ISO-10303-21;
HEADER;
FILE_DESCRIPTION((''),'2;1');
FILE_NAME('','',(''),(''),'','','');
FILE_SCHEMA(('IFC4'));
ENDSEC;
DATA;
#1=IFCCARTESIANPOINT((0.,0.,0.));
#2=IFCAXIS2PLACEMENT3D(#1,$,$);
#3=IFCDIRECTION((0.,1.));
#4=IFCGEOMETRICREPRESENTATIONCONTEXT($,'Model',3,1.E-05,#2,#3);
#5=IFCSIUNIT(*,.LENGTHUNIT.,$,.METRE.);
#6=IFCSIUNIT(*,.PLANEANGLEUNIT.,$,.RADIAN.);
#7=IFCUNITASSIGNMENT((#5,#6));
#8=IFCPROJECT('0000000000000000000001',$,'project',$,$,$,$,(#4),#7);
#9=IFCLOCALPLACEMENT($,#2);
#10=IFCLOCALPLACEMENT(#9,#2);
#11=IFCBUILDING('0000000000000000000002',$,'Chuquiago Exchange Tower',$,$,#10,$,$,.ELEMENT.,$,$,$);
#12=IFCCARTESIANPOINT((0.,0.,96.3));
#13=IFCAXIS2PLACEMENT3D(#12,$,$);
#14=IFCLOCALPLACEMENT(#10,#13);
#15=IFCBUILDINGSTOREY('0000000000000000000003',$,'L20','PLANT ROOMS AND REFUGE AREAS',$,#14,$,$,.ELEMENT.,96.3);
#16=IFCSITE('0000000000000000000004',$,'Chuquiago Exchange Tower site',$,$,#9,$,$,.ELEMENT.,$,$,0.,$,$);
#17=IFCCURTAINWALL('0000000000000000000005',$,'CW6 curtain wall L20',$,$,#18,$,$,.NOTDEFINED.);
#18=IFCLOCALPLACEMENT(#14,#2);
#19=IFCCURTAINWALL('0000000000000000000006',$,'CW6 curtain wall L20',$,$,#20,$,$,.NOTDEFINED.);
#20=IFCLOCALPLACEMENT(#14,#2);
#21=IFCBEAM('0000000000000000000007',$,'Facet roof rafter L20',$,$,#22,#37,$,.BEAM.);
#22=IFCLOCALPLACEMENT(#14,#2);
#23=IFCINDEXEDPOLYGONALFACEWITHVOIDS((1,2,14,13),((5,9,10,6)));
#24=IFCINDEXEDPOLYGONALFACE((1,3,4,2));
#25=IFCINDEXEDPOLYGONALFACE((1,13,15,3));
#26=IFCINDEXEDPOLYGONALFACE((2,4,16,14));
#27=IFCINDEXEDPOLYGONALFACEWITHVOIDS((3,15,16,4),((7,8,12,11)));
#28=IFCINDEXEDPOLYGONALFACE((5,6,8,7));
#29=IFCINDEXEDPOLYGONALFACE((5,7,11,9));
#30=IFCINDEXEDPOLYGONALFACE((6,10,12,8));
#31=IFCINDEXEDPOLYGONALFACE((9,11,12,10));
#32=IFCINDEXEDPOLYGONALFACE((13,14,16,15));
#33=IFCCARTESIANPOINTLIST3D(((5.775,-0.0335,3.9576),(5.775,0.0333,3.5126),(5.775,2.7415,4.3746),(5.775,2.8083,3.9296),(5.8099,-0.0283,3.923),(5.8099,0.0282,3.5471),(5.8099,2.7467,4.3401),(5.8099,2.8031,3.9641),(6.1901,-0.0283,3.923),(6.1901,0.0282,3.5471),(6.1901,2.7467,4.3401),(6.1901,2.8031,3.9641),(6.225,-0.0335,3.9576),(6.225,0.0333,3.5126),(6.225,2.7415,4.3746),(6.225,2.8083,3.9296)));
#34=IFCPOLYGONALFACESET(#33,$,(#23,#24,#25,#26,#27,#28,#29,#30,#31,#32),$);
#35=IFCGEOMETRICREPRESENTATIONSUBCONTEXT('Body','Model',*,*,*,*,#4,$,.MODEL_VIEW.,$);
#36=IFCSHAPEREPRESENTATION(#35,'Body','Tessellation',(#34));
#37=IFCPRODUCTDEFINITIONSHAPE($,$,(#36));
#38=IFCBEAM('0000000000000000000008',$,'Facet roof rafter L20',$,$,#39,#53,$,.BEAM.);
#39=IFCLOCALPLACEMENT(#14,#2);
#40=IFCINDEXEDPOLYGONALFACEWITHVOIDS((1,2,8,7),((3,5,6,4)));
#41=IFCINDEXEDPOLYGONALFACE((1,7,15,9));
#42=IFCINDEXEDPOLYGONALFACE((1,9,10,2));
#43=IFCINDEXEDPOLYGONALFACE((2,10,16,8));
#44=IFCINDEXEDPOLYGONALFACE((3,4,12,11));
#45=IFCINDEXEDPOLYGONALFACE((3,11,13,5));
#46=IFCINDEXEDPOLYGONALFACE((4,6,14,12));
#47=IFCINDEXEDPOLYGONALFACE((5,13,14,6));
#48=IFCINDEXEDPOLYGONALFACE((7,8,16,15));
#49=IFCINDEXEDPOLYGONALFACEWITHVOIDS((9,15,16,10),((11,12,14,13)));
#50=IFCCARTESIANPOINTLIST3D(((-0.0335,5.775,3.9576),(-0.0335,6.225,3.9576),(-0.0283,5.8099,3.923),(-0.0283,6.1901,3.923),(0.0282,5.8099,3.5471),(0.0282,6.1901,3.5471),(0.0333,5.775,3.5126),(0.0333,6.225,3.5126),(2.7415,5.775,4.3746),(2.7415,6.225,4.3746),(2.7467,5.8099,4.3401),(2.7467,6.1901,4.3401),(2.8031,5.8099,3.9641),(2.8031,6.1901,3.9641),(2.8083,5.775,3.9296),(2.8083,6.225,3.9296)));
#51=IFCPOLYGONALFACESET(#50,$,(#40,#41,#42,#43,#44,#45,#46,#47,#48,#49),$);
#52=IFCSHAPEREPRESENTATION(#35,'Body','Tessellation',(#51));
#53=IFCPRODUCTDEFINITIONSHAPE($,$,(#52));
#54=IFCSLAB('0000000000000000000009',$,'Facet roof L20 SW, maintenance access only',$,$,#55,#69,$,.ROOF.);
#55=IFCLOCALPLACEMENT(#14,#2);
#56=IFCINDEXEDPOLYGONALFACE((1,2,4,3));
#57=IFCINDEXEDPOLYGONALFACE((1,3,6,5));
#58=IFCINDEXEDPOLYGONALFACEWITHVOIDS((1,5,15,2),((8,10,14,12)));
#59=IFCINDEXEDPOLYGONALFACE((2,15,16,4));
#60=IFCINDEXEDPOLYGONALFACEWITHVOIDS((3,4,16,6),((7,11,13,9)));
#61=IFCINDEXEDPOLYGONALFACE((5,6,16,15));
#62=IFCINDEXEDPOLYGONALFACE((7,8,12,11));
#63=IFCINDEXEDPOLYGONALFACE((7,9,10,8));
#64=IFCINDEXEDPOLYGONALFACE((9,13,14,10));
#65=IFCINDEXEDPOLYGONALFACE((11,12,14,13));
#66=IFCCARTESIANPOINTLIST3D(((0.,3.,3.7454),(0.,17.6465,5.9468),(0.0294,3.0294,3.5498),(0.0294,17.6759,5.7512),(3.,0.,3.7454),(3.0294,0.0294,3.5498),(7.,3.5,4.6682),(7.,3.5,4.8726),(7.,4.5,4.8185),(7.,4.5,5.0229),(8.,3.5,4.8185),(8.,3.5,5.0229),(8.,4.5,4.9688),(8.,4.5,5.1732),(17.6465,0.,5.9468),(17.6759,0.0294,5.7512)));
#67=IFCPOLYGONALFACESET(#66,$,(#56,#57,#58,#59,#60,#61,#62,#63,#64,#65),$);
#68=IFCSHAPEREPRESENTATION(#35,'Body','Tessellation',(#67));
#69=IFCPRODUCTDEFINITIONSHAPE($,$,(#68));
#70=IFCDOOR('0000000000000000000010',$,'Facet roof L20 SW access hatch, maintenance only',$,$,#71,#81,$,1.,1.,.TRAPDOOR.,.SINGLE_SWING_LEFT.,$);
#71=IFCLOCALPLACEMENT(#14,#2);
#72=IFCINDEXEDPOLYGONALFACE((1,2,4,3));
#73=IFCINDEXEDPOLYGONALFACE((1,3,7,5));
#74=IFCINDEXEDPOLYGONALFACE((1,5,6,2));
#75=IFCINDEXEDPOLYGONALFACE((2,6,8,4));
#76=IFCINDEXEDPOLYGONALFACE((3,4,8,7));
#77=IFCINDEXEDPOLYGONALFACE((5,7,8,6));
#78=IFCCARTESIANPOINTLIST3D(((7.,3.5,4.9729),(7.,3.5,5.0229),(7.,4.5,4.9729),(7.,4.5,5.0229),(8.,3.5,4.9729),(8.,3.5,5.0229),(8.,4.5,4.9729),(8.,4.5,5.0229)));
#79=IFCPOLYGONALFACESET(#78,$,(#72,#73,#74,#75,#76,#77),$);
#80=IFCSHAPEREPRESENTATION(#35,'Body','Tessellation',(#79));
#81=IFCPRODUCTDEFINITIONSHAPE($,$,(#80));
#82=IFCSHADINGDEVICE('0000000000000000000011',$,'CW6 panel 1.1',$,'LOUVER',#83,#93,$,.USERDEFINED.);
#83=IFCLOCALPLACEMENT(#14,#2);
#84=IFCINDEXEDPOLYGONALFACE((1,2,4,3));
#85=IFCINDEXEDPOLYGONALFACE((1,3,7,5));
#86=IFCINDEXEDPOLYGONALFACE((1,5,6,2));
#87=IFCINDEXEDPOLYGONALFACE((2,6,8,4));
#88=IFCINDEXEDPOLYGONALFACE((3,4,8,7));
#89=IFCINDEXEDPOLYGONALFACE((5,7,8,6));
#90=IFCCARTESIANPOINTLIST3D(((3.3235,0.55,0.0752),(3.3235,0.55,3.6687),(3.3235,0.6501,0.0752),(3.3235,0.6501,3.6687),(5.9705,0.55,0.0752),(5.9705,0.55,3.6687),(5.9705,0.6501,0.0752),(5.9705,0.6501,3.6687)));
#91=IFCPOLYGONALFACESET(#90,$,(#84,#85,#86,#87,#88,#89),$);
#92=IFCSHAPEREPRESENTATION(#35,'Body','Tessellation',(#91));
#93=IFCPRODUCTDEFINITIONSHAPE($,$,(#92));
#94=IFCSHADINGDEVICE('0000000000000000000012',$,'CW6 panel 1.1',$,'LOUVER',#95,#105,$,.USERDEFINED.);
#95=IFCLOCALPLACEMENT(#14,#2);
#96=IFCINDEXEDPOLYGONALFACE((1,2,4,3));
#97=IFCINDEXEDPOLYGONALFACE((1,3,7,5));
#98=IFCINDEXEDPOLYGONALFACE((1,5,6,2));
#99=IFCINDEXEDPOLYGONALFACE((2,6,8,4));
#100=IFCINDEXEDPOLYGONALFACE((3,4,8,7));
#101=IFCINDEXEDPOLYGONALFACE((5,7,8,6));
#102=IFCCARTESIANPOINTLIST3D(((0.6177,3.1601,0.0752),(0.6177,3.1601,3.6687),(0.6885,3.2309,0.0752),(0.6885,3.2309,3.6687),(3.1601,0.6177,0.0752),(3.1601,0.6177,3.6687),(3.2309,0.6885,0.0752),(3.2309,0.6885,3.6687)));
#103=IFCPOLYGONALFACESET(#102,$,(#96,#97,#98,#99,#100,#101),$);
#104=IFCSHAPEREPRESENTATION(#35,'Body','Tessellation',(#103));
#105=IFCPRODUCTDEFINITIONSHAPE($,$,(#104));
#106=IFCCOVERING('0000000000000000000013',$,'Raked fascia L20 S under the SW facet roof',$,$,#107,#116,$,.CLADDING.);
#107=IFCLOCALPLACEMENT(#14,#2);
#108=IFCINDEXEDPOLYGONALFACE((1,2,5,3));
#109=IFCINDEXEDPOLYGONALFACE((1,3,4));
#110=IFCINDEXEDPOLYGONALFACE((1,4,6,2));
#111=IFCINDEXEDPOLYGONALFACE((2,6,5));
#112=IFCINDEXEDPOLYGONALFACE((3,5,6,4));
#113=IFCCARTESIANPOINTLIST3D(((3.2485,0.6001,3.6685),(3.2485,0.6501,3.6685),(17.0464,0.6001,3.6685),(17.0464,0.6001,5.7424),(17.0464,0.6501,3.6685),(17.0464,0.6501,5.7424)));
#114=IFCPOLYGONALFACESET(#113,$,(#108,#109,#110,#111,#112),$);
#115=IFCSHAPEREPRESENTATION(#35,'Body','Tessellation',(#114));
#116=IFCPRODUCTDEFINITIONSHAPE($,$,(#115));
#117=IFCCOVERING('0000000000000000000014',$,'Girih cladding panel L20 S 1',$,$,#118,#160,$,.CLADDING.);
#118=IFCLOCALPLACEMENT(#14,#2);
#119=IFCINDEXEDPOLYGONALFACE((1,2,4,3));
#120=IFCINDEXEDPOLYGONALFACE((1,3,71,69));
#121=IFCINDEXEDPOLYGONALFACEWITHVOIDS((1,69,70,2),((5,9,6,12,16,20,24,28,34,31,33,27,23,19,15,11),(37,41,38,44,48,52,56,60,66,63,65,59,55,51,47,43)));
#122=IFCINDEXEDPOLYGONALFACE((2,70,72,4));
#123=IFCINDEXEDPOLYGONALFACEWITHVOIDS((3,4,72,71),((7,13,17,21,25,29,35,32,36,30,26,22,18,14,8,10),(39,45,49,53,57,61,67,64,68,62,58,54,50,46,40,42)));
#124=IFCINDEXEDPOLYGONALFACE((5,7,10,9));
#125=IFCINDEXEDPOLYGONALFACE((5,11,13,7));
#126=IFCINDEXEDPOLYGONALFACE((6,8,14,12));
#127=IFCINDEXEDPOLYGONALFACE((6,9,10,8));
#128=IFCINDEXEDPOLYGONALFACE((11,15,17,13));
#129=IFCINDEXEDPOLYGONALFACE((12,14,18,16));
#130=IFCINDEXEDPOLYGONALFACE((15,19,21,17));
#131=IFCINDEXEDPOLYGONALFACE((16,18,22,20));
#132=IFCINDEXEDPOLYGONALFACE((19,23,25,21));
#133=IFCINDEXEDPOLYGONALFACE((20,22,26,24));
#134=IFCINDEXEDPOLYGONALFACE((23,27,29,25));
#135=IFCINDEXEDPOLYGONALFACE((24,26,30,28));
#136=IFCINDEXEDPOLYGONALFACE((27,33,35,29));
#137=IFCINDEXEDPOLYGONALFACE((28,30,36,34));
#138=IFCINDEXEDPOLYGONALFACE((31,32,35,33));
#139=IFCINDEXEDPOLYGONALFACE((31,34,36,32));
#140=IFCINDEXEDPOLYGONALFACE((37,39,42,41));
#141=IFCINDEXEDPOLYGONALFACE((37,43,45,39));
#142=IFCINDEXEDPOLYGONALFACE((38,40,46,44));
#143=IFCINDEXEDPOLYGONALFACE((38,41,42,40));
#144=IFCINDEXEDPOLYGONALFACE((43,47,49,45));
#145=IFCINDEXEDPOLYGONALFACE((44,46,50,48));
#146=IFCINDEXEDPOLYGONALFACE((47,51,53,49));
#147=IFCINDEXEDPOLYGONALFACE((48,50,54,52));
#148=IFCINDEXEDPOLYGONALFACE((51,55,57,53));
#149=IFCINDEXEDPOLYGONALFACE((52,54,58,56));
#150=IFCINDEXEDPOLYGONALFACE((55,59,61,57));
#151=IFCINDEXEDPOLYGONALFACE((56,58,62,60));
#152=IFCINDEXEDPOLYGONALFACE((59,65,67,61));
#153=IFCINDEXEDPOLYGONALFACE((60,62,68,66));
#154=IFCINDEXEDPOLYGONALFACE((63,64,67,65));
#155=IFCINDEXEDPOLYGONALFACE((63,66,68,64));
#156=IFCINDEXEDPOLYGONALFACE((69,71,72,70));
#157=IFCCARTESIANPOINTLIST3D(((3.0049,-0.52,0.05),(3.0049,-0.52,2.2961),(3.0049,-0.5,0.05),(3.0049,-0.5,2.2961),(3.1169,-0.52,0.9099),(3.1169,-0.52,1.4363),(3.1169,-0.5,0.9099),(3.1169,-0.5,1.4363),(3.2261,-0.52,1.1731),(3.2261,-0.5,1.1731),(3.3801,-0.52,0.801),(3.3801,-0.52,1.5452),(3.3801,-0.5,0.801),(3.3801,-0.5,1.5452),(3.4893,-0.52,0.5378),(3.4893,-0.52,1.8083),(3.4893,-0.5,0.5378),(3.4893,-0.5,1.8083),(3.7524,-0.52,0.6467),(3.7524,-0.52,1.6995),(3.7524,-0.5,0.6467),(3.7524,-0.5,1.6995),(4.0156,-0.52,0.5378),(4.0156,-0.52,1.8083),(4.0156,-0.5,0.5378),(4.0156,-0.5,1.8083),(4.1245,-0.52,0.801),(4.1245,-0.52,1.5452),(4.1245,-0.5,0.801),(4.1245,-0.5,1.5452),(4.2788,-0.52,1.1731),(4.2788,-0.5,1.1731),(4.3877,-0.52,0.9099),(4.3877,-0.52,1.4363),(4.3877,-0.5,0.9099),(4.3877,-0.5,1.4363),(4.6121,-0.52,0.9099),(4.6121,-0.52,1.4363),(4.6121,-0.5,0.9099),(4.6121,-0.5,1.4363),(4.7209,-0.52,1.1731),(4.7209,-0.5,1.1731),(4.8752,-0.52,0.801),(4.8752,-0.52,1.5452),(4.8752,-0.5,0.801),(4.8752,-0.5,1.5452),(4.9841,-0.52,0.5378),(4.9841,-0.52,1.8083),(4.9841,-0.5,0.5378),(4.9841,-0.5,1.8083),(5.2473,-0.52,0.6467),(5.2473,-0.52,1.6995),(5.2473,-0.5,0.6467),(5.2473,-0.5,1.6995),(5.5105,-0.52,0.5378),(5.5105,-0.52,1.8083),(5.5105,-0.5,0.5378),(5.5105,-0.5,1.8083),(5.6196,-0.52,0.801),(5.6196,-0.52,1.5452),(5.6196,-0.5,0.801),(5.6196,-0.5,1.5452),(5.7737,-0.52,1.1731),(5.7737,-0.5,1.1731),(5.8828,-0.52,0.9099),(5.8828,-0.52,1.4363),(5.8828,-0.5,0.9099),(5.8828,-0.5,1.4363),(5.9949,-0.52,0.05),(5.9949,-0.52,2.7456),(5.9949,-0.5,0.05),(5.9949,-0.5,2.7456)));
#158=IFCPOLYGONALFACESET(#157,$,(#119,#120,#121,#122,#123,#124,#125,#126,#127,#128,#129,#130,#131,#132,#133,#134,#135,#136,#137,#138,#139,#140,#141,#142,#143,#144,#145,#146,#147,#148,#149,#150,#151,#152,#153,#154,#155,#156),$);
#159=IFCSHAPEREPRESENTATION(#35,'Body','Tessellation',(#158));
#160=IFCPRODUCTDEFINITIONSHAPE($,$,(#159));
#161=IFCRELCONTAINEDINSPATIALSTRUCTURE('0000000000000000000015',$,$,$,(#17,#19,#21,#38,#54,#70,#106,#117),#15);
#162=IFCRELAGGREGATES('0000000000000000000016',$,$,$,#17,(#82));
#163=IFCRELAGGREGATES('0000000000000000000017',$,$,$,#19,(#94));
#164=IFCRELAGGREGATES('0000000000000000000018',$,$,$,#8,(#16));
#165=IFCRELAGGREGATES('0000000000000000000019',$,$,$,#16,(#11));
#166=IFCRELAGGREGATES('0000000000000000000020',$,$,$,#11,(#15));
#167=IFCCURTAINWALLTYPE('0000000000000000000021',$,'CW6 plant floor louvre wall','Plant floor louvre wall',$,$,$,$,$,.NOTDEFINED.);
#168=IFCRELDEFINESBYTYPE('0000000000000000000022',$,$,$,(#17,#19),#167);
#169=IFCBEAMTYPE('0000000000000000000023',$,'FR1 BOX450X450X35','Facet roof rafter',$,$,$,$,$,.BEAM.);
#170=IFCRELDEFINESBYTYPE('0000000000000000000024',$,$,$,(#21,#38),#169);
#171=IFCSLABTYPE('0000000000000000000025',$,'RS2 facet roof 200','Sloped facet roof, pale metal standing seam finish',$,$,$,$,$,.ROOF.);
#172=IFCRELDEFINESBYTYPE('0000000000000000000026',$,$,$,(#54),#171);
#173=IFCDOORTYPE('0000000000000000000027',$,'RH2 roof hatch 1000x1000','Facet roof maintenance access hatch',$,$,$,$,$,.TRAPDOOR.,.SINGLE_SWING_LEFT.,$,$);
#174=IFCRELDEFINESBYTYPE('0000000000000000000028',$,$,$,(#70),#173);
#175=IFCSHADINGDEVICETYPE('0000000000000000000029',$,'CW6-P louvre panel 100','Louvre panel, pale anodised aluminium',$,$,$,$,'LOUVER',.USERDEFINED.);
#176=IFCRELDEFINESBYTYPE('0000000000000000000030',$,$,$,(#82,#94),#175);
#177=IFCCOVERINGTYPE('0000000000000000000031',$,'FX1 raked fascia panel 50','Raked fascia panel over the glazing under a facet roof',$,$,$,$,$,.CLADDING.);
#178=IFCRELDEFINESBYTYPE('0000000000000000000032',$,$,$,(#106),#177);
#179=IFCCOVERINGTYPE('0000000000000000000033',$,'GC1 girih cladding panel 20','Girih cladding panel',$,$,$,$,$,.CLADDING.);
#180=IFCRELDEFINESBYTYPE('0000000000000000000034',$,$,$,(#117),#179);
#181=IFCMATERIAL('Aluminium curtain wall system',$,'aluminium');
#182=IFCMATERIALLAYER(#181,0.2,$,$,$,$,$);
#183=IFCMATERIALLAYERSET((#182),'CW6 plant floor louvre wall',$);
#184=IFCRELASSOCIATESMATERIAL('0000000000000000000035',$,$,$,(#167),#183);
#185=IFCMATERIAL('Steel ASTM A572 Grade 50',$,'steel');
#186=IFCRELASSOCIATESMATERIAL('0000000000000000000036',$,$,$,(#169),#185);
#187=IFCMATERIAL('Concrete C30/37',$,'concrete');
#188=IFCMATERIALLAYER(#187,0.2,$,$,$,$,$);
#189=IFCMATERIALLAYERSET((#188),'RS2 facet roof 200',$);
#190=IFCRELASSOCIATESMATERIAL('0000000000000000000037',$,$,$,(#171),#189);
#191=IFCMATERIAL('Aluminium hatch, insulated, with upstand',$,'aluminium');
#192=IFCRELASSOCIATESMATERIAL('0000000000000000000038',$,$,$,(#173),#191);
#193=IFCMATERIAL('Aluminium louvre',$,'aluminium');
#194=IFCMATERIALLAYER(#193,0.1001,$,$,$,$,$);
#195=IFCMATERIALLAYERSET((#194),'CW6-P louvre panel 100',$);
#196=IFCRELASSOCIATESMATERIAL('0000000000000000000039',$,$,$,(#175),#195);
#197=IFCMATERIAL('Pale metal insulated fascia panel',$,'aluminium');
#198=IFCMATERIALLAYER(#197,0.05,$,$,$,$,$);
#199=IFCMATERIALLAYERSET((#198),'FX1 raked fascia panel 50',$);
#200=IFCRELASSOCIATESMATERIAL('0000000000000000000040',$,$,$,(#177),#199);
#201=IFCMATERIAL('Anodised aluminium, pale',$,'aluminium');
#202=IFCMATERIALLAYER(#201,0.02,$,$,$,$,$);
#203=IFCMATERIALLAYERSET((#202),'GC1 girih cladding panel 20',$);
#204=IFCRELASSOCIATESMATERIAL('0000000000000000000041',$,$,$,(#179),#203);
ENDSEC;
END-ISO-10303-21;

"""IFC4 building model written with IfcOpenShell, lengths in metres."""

from ifc_helpers import new_model, si_unit, direction, frame, origin, origin_2d, place, context, subcontext, project, spatial, polyline, rectangle, hollow_rectangle, outline, extrude, material, layer, layer_set, material_profile, profile_set, type_object, element, fill, aggregate, save


model = new_model("IFC4")

# Units and contexts
model_context = context("Model", 3, precision=1e-05, world=origin(), true_north=direction((0.0, 1.0)))
body_context = subcontext(model_context, "Body", "Model", "MODEL_VIEW")
ifc_project = project(units=[si_unit("LENGTHUNIT", "METRE"), si_unit("PLANEANGLEUNIT", "RADIAN")], contexts=[model_context])

# Site, building, storey
site_placement = place(None, origin())
site = spatial("IfcSite", under=ifc_project, at=site_placement, Name="Chuquiago Exchange Tower site", CompositionType="ELEMENT", RefElevation=0.0)
building_placement = place(site_placement, origin())
building = spatial("IfcBuilding", under=site, at=building_placement, Name="Chuquiago Exchange Tower", CompositionType="ELEMENT")
storey_placement = place(building_placement, frame((0.0, 0.0, 96.3)))
storey = spatial("IfcBuildingStorey", under=building, at=storey_placement, Name="L20", Description="PLANT ROOMS AND REFUGE AREAS", CompositionType="ELEMENT", Elevation=96.3)

# Curtain wall
ifc_material_1 = material(Name="Aluminium curtain wall system", Category="aluminium")
ifc_layer_1 = layer(ifc_material_1, 0.2)
ifc_layer_set_1 = layer_set([ifc_layer_1], Name="CW6 plant floor louvre wall")
curtain_wall_type = type_object("IfcCurtainWallType", Name="CW6 plant floor louvre wall", Description="Plant floor louvre wall", PredefinedType="NOTDEFINED", material=ifc_layer_set_1)
curtain_wall_1_placement = place(storey_placement, origin())
curtain_wall_1 = element("IfcCurtainWall", 1, at=curtain_wall_1_placement, inside=storey, type_object=curtain_wall_type, Name="CW6 curtain wall L20", PredefinedType="NOTDEFINED")

# Curtain wall
curtain_wall_2_placement = place(storey_placement, origin())
curtain_wall_2 = element("IfcCurtainWall", 2, at=curtain_wall_2_placement, inside=storey, type_object=curtain_wall_type, Name="CW6 curtain wall L20", PredefinedType="NOTDEFINED")

# Beams
ifc_material_2 = material(Name="Steel ASTM A572 Grade 50", Category="steel")
ifc_material_profile_1 = material_profile(ifc_material_2, hollow_rectangle(XDim=0.45, YDim=0.45, WallThickness=0.0349, at=origin_2d()), Name="BOX450X450X35")
ifc_profile_set_1 = profile_set([ifc_material_profile_1], Name="Steel ASTM A572 Grade 50")
beam_type_1 = type_object("IfcBeamType", Name="FR1 BOX450X450X35", Description="Facet roof rafter", PredefinedType="BEAM", material=ifc_profile_set_1)
for number, where, z_axis, x_axis, name in (
    (3, (6.0, 2.7749, 4.1521), (0.0, -0.988897, -0.148604), (1.0, 0.0, 0.0), "Facet roof rafter L20"),
    (4, (2.7749, 6.0, 4.1521), (-0.988897, 0.0, -0.148604), (0.0, -1.0, 0.0), "Facet roof rafter L20"),
):
    element("IfcBeam", number, at=place(storey_placement, frame(where, z_axis=z_axis, x_axis=x_axis)), inside=storey, type_object=beam_type_1, Name=name, PredefinedType="BEAM", context=body_context, shape_type="SweptSolid", body=[
        extrude(hollow_rectangle(XDim=0.45, YDim=0.45, WallThickness=0.0349, at=origin_2d()), origin(), (0.0, 0.0, 1.0), 2.8062),
    ])

# Slab, opening, door
ifc_material_3 = material(Name="Concrete C30/37", Category="concrete")
ifc_layer_2 = layer(ifc_material_3, 0.2)
ifc_layer_set_2 = layer_set([ifc_layer_2], Name="RS2 facet roof 200")
slab_type = type_object("IfcSlabType", Name="RS2 facet roof 200", Description="Sloped facet roof, pale metal standing seam finish", PredefinedType="ROOF", material=ifc_layer_set_2)
slab_placement = place(storey_placement, frame((3.0, 0.0, 3.7454), z_axis=(-0.147019, -0.147019, 0.978147), x_axis=(-0.707107, 0.707107, 0.0)))
slab = element("IfcSlab", 5, at=slab_placement, inside=storey, type_object=slab_type, Name="Facet roof L20 SW, maintenance access only", PredefinedType="ROOF", context=body_context, shape_type="SweptSolid", body=[
    extrude(outline(polyline([(0.0, 0.0), (4.2426, 0.0), (14.5993, -10.588), (-10.3566, -10.588), (0.0, 0.0)])), origin(), (0.0, 0.0, -1.0), 0.2),
])
opening_placement = place(storey_placement, frame((7.5, 4.0, 4.5186)))
opening = element("IfcOpeningElement", 6, at=opening_placement, cuts=slab, PredefinedType="OPENING", context=body_context, shape_type="SweptSolid", body=[
    extrude(rectangle(XDim=1.0, YDim=1.0, at=origin_2d()), origin(), (0.0, 0.0, 1.0), 0.8044),
])
ifc_material_4 = material(Name="Aluminium hatch, insulated, with upstand", Category="aluminium")
door_type = type_object("IfcDoorType", Name="RH2 roof hatch 1000x1000", Description="Facet roof maintenance access hatch", OperationType="SINGLE_SWING_LEFT", PredefinedType="TRAPDOOR", material=ifc_material_4)
door_placement = place(opening_placement, frame((0.0, 0.0, 0.4543)))
door = element("IfcDoor", 7, at=door_placement, inside=storey, type_object=door_type, Name="Facet roof L20 SW access hatch, maintenance only", OperationType="SINGLE_SWING_LEFT", OverallHeight=1.0, OverallWidth=1.0, PredefinedType="TRAPDOOR", context=body_context, shape_type="SweptSolid", body=[
    extrude(rectangle(XDim=1.0, YDim=1.0, at=origin_2d()), origin(), (0.0, 0.0, 1.0), 0.05),
])
fill(opening, door)

# Shading devices
ifc_material_5 = material(Name="Aluminium louvre", Category="aluminium")
ifc_layer_3 = layer(ifc_material_5, 0.1001)
ifc_layer_set_3 = layer_set([ifc_layer_3], Name="CW6-P louvre panel 100")
shading_device_type = type_object("IfcShadingDeviceType", Name="CW6-P louvre panel 100", Description="Louvre panel, pale anodised aluminium", ElementType="LOUVER", PredefinedType="USERDEFINED", material=ifc_layer_set_3)
shading_device_1_placement = place(storey_placement, frame((4.647, 0.6001, 0.0752), z_axis=(0.0, 0.0, 1.0), x_axis=(1.0, 0.0, 0.0)))
shading_device_1 = element("IfcShadingDevice", 8, at=shading_device_1_placement, type_object=shading_device_type, Name="CW6 panel 1.1", ObjectType="LOUVER", PredefinedType="USERDEFINED", context=body_context, shape_type="SweptSolid", body=[
    extrude(rectangle(XDim=2.647, YDim=0.1001, at=origin_2d()), origin(), (0.0, 0.0, 1.0), 3.5935),
])
aggregate(curtain_wall_1, [shading_device_1])
shading_device_2_placement = place(storey_placement, frame((1.9243, 1.9243, 0.0752), z_axis=(0.0, 0.0, 1.0), x_axis=(0.707107, -0.707107, 0.0)))
shading_device_2 = element("IfcShadingDevice", 9, at=shading_device_2_placement, type_object=shading_device_type, Name="CW6 panel 1.1", ObjectType="LOUVER", PredefinedType="USERDEFINED", context=body_context, shape_type="SweptSolid", body=[
    extrude(rectangle(XDim=3.5955, YDim=0.1001, at=origin_2d()), origin(), (0.0, 0.0, 1.0), 3.5935),
])
aggregate(curtain_wall_2, [shading_device_2])

# Coverings
ifc_material_6 = material(Name="Pale metal insulated fascia panel", Category="aluminium")
ifc_layer_4 = layer(ifc_material_6, 0.05)
ifc_layer_set_4 = layer_set([ifc_layer_4], Name="FX1 raked fascia panel 50")
covering_type_1 = type_object("IfcCoveringType", Name="FX1 raked fascia panel 50", Description="Raked fascia panel over the glazing under a facet roof", PredefinedType="CLADDING", material=ifc_layer_set_4)
covering_1_placement = place(storey_placement, frame((3.2485, 0.6001, 3.6685), z_axis=(0.0, -1.0, 0.0), x_axis=(1.0, 0.0, 0.0)))
element("IfcCovering", 10, at=covering_1_placement, inside=storey, type_object=covering_type_1, Name="Raked fascia L20 S under the SW facet roof", PredefinedType="CLADDING", context=body_context, shape_type="SweptSolid", body=[
    extrude(outline(polyline([(0.0, 0.0), (13.7979, 0.0), (13.7979, 2.074), (0.0, 0.0)])), origin(), (0.0, 0.0, -1.0), 0.05),
])
ifc_material_7 = material(Name="Anodised aluminium, pale", Category="aluminium")
ifc_layer_5 = layer(ifc_material_7, 0.02)
ifc_layer_set_5 = layer_set([ifc_layer_5], Name="GC1 girih cladding panel 20")
covering_type_2 = type_object("IfcCoveringType", Name="GC1 girih cladding panel 20", Description="Girih cladding panel", PredefinedType="CLADDING", material=ifc_layer_set_5)
covering_2_placement = place(storey_placement, frame((3.0049, -0.5, 0.05), z_axis=(0.0, 0.0, 1.0), x_axis=(1.0, 0.0, 0.0)))
element("IfcCovering", 11, at=covering_2_placement, inside=storey, type_object=covering_type_2, Name="Girih cladding panel L20 S 1", PredefinedType="CLADDING", context=body_context, shape_type="SweptSolid", body=[
    extrude(outline(polyline([(0.0, 0.0), (2.99, 0.0), (2.99, 2.6956), (0.0, 2.2461), (0.0, 0.0)]), holes=[polyline([(1.2739, 1.123), (1.3828, 1.3862), (1.1196, 1.4951), (1.0107, 1.7583), (0.7476, 1.6494), (0.4844, 1.7583), (0.3752, 1.4951), (0.1121, 1.3862), (0.2212, 1.123), (0.1121, 0.8599), (0.3752, 0.751), (0.4844, 0.4878), (0.7476, 0.5967), (1.0107, 0.4878), (1.1196, 0.751), (1.3828, 0.8599), (1.2739, 1.123)]), polyline([(2.7688, 1.123), (2.8779, 1.3862), (2.6147, 1.4951), (2.5056, 1.7583), (2.2424, 1.6494), (1.9792, 1.7583), (1.8704, 1.4951), (1.6072, 1.3862), (1.7161, 1.123), (1.6072, 0.8599), (1.8704, 0.751), (1.9792, 0.4878), (2.2424, 0.5967), (2.5056, 0.4878), (2.6147, 0.751), (2.8779, 0.8599), (2.7688, 1.123)])]), frame((0.0, 0.0, 0.0), z_axis=(0.0, -1.0, 0.0), x_axis=(1.0, 0.0, 0.0)), (0.0, 0.0, 1.0), 0.02),
])

save(model, "model.ifc")
